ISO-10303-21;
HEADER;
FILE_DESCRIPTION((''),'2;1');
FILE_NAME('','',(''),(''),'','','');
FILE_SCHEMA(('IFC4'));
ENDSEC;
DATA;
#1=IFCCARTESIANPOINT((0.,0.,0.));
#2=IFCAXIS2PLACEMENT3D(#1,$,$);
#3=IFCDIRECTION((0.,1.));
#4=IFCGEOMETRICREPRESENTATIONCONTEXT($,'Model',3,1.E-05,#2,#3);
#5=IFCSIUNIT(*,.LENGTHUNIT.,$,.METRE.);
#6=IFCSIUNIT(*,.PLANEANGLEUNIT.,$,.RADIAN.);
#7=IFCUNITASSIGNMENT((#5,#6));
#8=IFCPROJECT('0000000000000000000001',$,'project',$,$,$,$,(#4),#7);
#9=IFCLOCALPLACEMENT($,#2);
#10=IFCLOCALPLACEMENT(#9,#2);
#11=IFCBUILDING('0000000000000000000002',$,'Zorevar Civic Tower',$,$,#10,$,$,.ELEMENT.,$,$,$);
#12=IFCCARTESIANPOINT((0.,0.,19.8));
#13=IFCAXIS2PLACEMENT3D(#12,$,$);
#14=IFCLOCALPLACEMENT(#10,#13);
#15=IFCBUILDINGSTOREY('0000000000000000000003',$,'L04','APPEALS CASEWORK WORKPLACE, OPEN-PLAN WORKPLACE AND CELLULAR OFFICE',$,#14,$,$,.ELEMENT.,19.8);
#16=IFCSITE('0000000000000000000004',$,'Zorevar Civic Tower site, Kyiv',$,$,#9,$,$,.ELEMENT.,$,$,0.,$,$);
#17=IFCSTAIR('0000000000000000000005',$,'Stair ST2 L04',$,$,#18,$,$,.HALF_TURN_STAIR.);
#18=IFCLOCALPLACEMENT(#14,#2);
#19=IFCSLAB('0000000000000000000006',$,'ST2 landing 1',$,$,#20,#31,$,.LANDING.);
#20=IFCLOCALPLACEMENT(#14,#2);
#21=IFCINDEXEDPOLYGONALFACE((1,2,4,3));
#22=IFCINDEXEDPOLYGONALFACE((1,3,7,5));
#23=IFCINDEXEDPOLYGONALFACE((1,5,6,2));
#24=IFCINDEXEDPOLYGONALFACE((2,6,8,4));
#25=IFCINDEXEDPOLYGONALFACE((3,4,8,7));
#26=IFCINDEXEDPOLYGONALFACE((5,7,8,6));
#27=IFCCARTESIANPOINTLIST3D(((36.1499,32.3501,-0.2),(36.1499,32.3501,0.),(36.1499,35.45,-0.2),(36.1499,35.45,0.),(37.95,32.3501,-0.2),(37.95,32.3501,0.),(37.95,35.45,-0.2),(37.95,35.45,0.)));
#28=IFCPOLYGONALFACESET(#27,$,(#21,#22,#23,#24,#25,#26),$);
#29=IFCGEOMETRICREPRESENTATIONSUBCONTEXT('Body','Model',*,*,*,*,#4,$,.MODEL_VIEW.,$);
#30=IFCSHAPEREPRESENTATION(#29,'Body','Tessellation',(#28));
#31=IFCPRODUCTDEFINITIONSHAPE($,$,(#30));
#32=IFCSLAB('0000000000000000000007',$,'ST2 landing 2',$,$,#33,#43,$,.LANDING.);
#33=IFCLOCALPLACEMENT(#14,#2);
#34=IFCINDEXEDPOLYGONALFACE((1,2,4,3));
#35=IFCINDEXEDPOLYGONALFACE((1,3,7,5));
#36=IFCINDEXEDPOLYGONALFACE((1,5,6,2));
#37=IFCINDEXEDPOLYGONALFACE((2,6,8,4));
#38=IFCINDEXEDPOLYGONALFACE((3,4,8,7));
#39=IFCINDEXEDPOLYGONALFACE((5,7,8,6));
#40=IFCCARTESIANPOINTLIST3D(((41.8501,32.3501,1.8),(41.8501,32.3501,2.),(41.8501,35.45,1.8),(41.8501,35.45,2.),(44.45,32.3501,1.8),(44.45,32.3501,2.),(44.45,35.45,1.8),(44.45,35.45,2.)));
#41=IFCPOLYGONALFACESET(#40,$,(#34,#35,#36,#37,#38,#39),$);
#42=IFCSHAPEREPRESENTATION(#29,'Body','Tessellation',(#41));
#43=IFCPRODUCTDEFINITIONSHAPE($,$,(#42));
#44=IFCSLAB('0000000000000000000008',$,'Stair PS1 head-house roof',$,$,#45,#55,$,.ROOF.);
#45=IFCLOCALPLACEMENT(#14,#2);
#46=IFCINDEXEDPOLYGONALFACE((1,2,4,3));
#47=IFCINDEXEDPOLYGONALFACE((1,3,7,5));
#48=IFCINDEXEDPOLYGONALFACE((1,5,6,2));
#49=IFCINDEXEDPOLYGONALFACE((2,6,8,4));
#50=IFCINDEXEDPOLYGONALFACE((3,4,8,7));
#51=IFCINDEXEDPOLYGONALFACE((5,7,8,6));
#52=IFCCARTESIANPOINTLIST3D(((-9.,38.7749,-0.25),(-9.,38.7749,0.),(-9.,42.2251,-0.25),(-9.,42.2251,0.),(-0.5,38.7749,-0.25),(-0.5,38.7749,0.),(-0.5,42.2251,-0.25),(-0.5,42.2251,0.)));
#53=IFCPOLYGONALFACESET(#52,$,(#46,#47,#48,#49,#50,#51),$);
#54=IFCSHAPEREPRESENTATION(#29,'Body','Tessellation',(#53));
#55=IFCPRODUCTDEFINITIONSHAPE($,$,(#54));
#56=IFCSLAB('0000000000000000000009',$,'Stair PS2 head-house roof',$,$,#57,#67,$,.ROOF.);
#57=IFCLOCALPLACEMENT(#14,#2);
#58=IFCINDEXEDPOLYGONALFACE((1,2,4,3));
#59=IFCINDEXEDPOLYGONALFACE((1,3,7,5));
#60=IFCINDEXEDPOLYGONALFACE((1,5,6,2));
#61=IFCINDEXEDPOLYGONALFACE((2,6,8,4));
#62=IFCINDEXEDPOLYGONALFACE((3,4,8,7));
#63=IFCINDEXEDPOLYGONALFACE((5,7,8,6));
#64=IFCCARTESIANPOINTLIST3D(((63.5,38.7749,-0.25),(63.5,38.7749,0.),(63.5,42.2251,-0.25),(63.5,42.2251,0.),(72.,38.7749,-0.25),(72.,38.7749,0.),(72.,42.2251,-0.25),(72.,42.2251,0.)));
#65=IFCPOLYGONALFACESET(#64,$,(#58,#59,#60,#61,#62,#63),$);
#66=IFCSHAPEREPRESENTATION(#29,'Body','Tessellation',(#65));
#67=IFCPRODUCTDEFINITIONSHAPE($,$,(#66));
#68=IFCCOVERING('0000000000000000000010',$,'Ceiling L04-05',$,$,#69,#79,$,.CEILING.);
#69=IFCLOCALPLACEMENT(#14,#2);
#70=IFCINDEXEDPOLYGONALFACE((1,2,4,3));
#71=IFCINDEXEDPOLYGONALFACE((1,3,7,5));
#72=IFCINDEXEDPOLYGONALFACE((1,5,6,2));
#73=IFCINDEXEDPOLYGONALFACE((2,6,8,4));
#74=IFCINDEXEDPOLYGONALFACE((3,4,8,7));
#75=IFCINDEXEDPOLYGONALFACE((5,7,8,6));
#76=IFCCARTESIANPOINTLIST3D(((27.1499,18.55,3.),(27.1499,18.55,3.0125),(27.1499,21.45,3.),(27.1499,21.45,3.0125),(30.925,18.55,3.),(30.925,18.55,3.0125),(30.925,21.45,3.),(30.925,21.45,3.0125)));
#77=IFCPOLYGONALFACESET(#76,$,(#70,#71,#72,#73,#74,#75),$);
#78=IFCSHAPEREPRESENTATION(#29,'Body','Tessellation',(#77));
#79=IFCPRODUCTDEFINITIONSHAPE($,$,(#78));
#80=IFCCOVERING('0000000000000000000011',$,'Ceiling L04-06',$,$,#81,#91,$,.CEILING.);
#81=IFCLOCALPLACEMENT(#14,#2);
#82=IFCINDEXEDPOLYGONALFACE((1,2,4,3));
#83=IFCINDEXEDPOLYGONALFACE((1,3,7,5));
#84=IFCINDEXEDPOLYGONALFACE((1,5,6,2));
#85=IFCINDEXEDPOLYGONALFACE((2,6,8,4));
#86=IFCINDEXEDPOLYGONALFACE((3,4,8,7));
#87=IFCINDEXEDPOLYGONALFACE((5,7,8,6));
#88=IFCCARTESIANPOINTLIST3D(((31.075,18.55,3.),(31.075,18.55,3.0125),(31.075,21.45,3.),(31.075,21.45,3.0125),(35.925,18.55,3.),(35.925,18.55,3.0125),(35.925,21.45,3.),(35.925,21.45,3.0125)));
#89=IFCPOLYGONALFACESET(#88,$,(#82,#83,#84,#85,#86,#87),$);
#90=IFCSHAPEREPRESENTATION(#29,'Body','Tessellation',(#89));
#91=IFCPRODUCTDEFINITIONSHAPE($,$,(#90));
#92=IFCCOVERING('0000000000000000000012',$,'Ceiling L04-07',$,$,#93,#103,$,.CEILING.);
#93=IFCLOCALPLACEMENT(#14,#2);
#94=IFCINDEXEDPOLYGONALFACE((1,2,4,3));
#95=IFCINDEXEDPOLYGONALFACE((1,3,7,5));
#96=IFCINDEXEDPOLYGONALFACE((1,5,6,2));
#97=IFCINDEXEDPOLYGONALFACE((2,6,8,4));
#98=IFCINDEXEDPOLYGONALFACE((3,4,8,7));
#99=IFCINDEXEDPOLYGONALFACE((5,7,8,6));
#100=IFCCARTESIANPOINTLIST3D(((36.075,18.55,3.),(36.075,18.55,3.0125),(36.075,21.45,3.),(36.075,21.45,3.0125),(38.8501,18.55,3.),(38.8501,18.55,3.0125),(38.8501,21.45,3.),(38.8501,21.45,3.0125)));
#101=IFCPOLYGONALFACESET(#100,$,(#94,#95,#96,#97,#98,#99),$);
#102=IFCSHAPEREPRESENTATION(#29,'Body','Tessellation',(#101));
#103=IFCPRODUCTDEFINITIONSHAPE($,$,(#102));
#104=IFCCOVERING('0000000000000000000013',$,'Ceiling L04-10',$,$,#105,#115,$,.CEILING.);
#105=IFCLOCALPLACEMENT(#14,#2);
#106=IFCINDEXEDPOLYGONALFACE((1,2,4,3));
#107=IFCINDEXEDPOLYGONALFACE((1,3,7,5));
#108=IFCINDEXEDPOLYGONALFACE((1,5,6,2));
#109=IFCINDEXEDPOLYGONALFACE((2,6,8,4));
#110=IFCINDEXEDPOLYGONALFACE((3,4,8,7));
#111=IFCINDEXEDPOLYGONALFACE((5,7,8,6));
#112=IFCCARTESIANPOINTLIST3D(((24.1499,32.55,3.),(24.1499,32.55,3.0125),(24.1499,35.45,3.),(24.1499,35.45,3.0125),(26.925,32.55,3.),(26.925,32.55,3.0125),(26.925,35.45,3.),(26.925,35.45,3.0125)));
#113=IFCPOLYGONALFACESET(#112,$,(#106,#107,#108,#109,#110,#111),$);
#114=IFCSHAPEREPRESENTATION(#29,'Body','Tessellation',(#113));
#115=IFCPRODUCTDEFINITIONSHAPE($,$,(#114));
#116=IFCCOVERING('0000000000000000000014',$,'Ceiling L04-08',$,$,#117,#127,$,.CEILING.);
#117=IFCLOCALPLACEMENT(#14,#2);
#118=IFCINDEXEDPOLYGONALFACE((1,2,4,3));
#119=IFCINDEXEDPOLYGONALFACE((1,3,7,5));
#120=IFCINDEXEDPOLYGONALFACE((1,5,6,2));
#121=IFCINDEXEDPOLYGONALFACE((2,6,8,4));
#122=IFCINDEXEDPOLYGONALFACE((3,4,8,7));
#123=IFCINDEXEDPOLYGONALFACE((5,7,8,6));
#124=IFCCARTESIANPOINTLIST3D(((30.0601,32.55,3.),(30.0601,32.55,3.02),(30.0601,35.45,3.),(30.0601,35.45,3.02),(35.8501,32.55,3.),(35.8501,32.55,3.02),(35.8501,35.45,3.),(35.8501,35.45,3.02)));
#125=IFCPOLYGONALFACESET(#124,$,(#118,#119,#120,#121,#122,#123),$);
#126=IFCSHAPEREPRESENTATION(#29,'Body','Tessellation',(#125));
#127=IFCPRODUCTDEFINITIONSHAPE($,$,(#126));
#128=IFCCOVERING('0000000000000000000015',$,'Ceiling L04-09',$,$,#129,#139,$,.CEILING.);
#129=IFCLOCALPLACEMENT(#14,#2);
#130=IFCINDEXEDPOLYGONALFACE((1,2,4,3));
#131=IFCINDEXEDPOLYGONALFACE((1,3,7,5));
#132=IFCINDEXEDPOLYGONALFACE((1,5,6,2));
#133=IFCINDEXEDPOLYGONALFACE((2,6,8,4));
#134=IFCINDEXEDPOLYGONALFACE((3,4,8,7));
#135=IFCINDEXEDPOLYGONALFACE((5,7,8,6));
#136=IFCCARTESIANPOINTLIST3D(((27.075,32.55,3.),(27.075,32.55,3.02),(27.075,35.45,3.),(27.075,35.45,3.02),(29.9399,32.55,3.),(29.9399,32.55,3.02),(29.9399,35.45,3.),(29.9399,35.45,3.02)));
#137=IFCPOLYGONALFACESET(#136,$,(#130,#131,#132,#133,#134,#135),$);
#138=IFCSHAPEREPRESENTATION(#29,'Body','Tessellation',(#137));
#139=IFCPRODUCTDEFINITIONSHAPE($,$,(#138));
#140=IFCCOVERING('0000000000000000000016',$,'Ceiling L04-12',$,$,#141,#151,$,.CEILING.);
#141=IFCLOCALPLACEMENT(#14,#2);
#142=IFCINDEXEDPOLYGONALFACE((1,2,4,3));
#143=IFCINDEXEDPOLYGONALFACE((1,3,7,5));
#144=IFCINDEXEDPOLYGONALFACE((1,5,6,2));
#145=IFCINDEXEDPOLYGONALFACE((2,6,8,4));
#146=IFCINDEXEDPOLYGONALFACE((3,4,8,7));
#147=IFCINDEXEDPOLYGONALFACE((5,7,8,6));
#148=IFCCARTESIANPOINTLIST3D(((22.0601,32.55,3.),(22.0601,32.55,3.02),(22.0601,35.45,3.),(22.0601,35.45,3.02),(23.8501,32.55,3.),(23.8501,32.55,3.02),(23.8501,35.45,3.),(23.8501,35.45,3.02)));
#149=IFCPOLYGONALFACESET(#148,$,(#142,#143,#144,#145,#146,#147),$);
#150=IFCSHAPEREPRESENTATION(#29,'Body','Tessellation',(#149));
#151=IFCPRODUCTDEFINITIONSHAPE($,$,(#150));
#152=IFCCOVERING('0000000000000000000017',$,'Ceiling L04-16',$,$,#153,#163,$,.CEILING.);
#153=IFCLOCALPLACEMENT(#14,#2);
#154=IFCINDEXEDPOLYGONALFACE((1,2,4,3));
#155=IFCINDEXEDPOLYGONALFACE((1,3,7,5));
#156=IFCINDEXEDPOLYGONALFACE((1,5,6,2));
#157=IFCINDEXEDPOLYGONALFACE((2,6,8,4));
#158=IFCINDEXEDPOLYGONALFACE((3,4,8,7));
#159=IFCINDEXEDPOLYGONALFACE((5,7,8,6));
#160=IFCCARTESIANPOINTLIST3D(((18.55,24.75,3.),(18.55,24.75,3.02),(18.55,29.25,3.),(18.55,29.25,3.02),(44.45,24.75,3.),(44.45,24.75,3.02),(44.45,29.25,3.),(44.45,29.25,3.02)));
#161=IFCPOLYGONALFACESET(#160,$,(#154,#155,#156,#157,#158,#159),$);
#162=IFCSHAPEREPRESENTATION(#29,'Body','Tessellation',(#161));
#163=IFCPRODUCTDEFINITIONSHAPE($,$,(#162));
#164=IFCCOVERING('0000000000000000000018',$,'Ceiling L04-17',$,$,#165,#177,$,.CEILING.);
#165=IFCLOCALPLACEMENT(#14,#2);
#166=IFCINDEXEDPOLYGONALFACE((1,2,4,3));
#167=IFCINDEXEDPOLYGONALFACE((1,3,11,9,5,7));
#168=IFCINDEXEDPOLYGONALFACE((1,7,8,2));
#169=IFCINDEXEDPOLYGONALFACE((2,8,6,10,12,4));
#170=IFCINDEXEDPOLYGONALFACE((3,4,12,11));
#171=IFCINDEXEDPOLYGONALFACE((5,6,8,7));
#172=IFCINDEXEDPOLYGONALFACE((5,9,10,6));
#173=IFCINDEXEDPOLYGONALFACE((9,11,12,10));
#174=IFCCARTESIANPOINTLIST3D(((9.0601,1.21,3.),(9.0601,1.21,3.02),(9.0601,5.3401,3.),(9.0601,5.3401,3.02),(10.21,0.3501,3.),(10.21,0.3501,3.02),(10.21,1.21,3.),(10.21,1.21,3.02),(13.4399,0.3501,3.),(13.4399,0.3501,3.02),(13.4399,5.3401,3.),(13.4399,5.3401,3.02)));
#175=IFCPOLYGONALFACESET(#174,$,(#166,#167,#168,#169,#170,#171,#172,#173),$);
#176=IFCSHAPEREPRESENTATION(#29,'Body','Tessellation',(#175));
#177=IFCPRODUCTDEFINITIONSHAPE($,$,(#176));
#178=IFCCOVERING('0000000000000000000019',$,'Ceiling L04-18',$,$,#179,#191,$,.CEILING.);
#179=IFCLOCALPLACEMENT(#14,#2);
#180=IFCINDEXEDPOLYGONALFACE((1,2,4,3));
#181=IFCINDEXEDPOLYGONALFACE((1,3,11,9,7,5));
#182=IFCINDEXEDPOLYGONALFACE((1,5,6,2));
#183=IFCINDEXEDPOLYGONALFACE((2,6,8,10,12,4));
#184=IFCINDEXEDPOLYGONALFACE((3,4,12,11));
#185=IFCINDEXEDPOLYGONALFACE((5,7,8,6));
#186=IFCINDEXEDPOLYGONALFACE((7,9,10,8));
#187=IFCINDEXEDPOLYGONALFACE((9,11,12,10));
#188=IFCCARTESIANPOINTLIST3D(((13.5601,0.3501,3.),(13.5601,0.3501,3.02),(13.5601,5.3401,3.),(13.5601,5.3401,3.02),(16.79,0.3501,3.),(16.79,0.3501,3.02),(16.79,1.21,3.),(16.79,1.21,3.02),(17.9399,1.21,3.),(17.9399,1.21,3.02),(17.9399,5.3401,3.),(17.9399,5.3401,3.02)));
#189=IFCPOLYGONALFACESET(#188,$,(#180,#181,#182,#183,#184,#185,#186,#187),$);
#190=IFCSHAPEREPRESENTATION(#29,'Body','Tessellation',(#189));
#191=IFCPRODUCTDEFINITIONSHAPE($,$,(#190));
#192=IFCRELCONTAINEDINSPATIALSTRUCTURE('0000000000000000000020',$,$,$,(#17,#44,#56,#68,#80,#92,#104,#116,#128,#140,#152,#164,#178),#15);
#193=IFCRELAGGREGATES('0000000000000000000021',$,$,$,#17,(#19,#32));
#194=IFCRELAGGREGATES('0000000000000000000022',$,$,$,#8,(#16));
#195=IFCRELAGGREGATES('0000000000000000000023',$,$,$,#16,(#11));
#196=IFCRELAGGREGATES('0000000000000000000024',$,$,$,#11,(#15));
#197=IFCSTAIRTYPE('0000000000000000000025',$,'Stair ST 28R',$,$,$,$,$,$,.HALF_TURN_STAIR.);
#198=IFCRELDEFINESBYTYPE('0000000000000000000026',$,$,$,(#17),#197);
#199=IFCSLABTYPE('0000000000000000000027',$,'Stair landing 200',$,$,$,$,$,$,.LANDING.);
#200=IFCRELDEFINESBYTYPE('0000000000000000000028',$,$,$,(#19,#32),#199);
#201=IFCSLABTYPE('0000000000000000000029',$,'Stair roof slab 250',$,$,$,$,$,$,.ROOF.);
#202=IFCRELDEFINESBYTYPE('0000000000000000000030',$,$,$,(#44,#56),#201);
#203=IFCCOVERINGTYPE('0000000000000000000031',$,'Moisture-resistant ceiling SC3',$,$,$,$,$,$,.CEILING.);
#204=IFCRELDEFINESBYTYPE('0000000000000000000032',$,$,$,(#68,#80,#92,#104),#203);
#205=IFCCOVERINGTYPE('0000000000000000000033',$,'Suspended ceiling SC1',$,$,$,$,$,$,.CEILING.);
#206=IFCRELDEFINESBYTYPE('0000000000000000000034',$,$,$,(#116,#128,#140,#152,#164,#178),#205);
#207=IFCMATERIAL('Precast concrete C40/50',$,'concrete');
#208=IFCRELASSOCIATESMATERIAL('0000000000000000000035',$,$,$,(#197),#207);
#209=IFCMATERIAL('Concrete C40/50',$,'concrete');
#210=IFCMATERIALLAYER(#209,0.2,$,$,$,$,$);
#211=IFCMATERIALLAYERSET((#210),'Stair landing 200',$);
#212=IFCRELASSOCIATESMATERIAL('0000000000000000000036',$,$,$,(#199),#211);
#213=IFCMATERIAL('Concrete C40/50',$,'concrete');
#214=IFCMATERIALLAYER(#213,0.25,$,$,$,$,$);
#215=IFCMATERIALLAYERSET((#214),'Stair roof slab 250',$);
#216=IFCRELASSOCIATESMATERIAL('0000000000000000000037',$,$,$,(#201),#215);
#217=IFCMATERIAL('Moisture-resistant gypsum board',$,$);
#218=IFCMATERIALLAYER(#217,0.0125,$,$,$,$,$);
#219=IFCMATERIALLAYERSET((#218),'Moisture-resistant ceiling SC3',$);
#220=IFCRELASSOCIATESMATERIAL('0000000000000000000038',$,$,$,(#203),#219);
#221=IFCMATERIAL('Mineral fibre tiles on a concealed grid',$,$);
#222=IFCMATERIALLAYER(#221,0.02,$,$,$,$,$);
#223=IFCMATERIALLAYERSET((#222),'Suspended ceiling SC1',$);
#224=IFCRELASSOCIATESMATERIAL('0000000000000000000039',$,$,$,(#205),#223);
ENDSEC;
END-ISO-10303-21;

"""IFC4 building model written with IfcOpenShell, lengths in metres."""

from ifc_helpers import new_model, si_unit, direction, frame, origin, place, context, subcontext, project, spatial, polyline, outline, extrude, material, layer, layer_set, type_object, element, aggregate, save


model = new_model("IFC4")

# Units and contexts
model_context = context("Model", 3, precision=1e-05, world=origin(), true_north=direction((0.0, 1.0)))
body_context = subcontext(model_context, "Body", "Model", "MODEL_VIEW")
ifc_project = project(units=[si_unit("LENGTHUNIT", "METRE"), si_unit("PLANEANGLEUNIT", "RADIAN")], contexts=[model_context])

# Site, building, storey
site_placement = place(None, origin())
site = spatial("IfcSite", under=ifc_project, at=site_placement, Name="Zorevar Civic Tower site, Kyiv", CompositionType="ELEMENT", RefElevation=0.0)
building_placement = place(site_placement, origin())
building = spatial("IfcBuilding", under=site, at=building_placement, Name="Zorevar Civic Tower", CompositionType="ELEMENT")
storey_placement = place(building_placement, frame((0.0, 0.0, 19.8)))
storey = spatial("IfcBuildingStorey", under=building, at=storey_placement, Name="L04", Description="APPEALS CASEWORK WORKPLACE, OPEN-PLAN WORKPLACE AND CELLULAR OFFICE", CompositionType="ELEMENT", Elevation=19.8)

# Stair, slabs
ifc_material_1 = material(Name="Precast concrete C40/50", Category="concrete")
stair_type = type_object("IfcStairType", Name="Stair ST 28R", PredefinedType="HALF_TURN_STAIR", material=ifc_material_1)
ifc_material_2 = material(Name="Concrete C40/50", Category="concrete")
ifc_layer_1 = layer(ifc_material_2, 0.2)
ifc_layer_set_1 = layer_set([ifc_layer_1], Name="Stair landing 200")
slab_type_1 = type_object("IfcSlabType", Name="Stair landing 200", PredefinedType="LANDING", material=ifc_layer_set_1)
stair_1_placement = place(storey_placement, origin())
stair_1 = element("IfcStair", 1, at=stair_1_placement, inside=storey, type_object=stair_type, Name="Stair ST2 L04", PredefinedType="HALF_TURN_STAIR")
slab_1_placement = place(storey_placement, frame((0.0, 0.0, -0.2)))
slab_1 = element("IfcSlab", 2, at=slab_1_placement, type_object=slab_type_1, Name="ST2 landing 1", PredefinedType="LANDING", context=body_context, shape_type="SweptSolid", body=[
    extrude(outline(polyline([(37.95, 32.3501), (36.1499, 32.3501), (36.1499, 35.45), (37.95, 35.45), (37.95, 32.3501)])), origin(), (0.0, 0.0, 1.0), 0.2),
])
slab_2_placement = place(storey_placement, frame((0.0, 0.0, 1.8)))
slab_2 = element("IfcSlab", 3, at=slab_2_placement, type_object=slab_type_1, Name="ST2 landing 2", PredefinedType="LANDING", context=body_context, shape_type="SweptSolid", body=[
    extrude(outline(polyline([(44.45, 32.3501), (41.8501, 32.3501), (41.8501, 35.45), (44.45, 35.45), (44.45, 32.3501)])), origin(), (0.0, 0.0, 1.0), 0.2),
])
aggregate(stair_1, [slab_1, slab_2])

# Slabs
ifc_material_3 = material(Name="Concrete C40/50", Category="concrete")
ifc_layer_2 = layer(ifc_material_3, 0.25)
ifc_layer_set_2 = layer_set([ifc_layer_2], Name="Stair roof slab 250")
slab_type_2 = type_object("IfcSlabType", Name="Stair roof slab 250", PredefinedType="ROOF", material=ifc_layer_set_2)
slab_3_placement = place(storey_placement, frame((0.0, 0.0, -0.25)))
element("IfcSlab", 4, at=slab_3_placement, inside=storey, type_object=slab_type_2, Name="Stair PS1 head-house roof", PredefinedType="ROOF", context=body_context, shape_type="SweptSolid", body=[
    extrude(outline(polyline([(-9.0, 38.7749), (-0.5, 38.7749), (-0.5, 42.2251), (-9.0, 42.2251), (-9.0, 38.7749)])), origin(), (0.0, 0.0, 1.0), 0.25),
])
slab_4_placement = place(storey_placement, frame((0.0, 0.0, -0.25)))
element("IfcSlab", 5, at=slab_4_placement, inside=storey, type_object=slab_type_2, Name="Stair PS2 head-house roof", PredefinedType="ROOF", context=body_context, shape_type="SweptSolid", body=[
    extrude(outline(polyline([(63.5, 38.7749), (72.0, 38.7749), (72.0, 42.2251), (63.5, 42.2251), (63.5, 38.7749)])), origin(), (0.0, 0.0, 1.0), 0.25),
])

# Coverings
ifc_material_4 = material(Name="Moisture-resistant gypsum board")
ifc_layer_3 = layer(ifc_material_4, 0.0125)
ifc_layer_set_3 = layer_set([ifc_layer_3], Name="Moisture-resistant ceiling SC3")
covering_type_1 = type_object("IfcCoveringType", Name="Moisture-resistant ceiling SC3", PredefinedType="CEILING", material=ifc_layer_set_3)
covering_1_placement = place(storey_placement, frame((0.0, 0.0, 3.0)))
element("IfcCovering", 6, at=covering_1_placement, inside=storey, type_object=covering_type_1, Name="Ceiling L04-05", PredefinedType="CEILING", context=body_context, shape_type="SweptSolid", body=[
    extrude(outline(polyline([(30.925, 18.55), (30.925, 21.45), (27.1499, 21.45), (27.1499, 18.55), (30.925, 18.55)])), origin(), (0.0, 0.0, 1.0), 0.0125),
])
covering_2_placement = place(storey_placement, frame((0.0, 0.0, 3.0)))
element("IfcCovering", 7, at=covering_2_placement, inside=storey, type_object=covering_type_1, Name="Ceiling L04-06", PredefinedType="CEILING", context=body_context, shape_type="SweptSolid", body=[
    extrude(outline(polyline([(35.925, 18.55), (35.925, 21.45), (31.075, 21.45), (31.075, 18.55), (35.925, 18.55)])), origin(), (0.0, 0.0, 1.0), 0.0125),
])
covering_3_placement = place(storey_placement, frame((0.0, 0.0, 3.0)))
element("IfcCovering", 8, at=covering_3_placement, inside=storey, type_object=covering_type_1, Name="Ceiling L04-07", PredefinedType="CEILING", context=body_context, shape_type="SweptSolid", body=[
    extrude(outline(polyline([(38.8501, 18.55), (38.8501, 21.45), (36.075, 21.45), (36.075, 18.55), (38.8501, 18.55)])), origin(), (0.0, 0.0, 1.0), 0.0125),
])
covering_4_placement = place(storey_placement, frame((0.0, 0.0, 3.0)))
element("IfcCovering", 9, at=covering_4_placement, inside=storey, type_object=covering_type_1, Name="Ceiling L04-10", PredefinedType="CEILING", context=body_context, shape_type="SweptSolid", body=[
    extrude(outline(polyline([(26.925, 32.55), (26.925, 35.45), (24.1499, 35.45), (24.1499, 32.55), (26.925, 32.55)])), origin(), (0.0, 0.0, 1.0), 0.0125),
])
ifc_material_5 = material(Name="Mineral fibre tiles on a concealed grid")
ifc_layer_4 = layer(ifc_material_5, 0.02)
ifc_layer_set_4 = layer_set([ifc_layer_4], Name="Suspended ceiling SC1")
covering_type_2 = type_object("IfcCoveringType", Name="Suspended ceiling SC1", PredefinedType="CEILING", material=ifc_layer_set_4)
covering_5_placement = place(storey_placement, frame((0.0, 0.0, 3.0)))
element("IfcCovering", 10, at=covering_5_placement, inside=storey, type_object=covering_type_2, Name="Ceiling L04-08", PredefinedType="CEILING", context=body_context, shape_type="SweptSolid", body=[
    extrude(outline(polyline([(35.8501, 32.55), (35.8501, 35.45), (30.0601, 35.45), (30.0601, 32.55), (35.8501, 32.55)])), origin(), (0.0, 0.0, 1.0), 0.02),
])
covering_6_placement = place(storey_placement, frame((0.0, 0.0, 3.0)))
element("IfcCovering", 11, at=covering_6_placement, inside=storey, type_object=covering_type_2, Name="Ceiling L04-09", PredefinedType="CEILING", context=body_context, shape_type="SweptSolid", body=[
    extrude(outline(polyline([(29.9399, 32.55), (29.9399, 35.45), (27.075, 35.45), (27.075, 32.55), (29.9399, 32.55)])), origin(), (0.0, 0.0, 1.0), 0.02),
])
covering_7_placement = place(storey_placement, frame((0.0, 0.0, 3.0)))
element("IfcCovering", 12, at=covering_7_placement, inside=storey, type_object=covering_type_2, Name="Ceiling L04-12", PredefinedType="CEILING", context=body_context, shape_type="SweptSolid", body=[
    extrude(outline(polyline([(23.8501, 32.55), (23.8501, 35.45), (22.0601, 35.45), (22.0601, 32.55), (23.8501, 32.55)])), origin(), (0.0, 0.0, 1.0), 0.02),
])
covering_8_placement = place(storey_placement, frame((0.0, 0.0, 3.0)))
element("IfcCovering", 13, at=covering_8_placement, inside=storey, type_object=covering_type_2, Name="Ceiling L04-16", PredefinedType="CEILING", context=body_context, shape_type="SweptSolid", body=[
    extrude(outline(polyline([(44.45, 24.75), (44.45, 29.25), (18.55, 29.25), (18.55, 24.75), (44.45, 24.75)])), origin(), (0.0, 0.0, 1.0), 0.02),
])
covering_9_placement = place(storey_placement, frame((0.0, 0.0, 3.0)))
element("IfcCovering", 14, at=covering_9_placement, inside=storey, type_object=covering_type_2, Name="Ceiling L04-17", PredefinedType="CEILING", context=body_context, shape_type="SweptSolid", body=[
    extrude(outline(polyline([(13.4399, 5.3401), (13.4399, 0.3501), (10.21, 0.3501), (10.21, 1.21), (9.0601, 1.21), (9.0601, 5.3401), (13.4399, 5.3401)])), origin(), (0.0, 0.0, 1.0), 0.02),
])
covering_10_placement = place(storey_placement, frame((0.0, 0.0, 3.0)))
element("IfcCovering", 15, at=covering_10_placement, inside=storey, type_object=covering_type_2, Name="Ceiling L04-18", PredefinedType="CEILING", context=body_context, shape_type="SweptSolid", body=[
    extrude(outline(polyline([(17.9399, 5.3401), (17.9399, 1.21), (16.79, 1.21), (16.79, 0.3501), (13.5601, 0.3501), (13.5601, 5.3401), (17.9399, 5.3401)])), origin(), (0.0, 0.0, 1.0), 0.02),
])

save(model, "model.ifc")
